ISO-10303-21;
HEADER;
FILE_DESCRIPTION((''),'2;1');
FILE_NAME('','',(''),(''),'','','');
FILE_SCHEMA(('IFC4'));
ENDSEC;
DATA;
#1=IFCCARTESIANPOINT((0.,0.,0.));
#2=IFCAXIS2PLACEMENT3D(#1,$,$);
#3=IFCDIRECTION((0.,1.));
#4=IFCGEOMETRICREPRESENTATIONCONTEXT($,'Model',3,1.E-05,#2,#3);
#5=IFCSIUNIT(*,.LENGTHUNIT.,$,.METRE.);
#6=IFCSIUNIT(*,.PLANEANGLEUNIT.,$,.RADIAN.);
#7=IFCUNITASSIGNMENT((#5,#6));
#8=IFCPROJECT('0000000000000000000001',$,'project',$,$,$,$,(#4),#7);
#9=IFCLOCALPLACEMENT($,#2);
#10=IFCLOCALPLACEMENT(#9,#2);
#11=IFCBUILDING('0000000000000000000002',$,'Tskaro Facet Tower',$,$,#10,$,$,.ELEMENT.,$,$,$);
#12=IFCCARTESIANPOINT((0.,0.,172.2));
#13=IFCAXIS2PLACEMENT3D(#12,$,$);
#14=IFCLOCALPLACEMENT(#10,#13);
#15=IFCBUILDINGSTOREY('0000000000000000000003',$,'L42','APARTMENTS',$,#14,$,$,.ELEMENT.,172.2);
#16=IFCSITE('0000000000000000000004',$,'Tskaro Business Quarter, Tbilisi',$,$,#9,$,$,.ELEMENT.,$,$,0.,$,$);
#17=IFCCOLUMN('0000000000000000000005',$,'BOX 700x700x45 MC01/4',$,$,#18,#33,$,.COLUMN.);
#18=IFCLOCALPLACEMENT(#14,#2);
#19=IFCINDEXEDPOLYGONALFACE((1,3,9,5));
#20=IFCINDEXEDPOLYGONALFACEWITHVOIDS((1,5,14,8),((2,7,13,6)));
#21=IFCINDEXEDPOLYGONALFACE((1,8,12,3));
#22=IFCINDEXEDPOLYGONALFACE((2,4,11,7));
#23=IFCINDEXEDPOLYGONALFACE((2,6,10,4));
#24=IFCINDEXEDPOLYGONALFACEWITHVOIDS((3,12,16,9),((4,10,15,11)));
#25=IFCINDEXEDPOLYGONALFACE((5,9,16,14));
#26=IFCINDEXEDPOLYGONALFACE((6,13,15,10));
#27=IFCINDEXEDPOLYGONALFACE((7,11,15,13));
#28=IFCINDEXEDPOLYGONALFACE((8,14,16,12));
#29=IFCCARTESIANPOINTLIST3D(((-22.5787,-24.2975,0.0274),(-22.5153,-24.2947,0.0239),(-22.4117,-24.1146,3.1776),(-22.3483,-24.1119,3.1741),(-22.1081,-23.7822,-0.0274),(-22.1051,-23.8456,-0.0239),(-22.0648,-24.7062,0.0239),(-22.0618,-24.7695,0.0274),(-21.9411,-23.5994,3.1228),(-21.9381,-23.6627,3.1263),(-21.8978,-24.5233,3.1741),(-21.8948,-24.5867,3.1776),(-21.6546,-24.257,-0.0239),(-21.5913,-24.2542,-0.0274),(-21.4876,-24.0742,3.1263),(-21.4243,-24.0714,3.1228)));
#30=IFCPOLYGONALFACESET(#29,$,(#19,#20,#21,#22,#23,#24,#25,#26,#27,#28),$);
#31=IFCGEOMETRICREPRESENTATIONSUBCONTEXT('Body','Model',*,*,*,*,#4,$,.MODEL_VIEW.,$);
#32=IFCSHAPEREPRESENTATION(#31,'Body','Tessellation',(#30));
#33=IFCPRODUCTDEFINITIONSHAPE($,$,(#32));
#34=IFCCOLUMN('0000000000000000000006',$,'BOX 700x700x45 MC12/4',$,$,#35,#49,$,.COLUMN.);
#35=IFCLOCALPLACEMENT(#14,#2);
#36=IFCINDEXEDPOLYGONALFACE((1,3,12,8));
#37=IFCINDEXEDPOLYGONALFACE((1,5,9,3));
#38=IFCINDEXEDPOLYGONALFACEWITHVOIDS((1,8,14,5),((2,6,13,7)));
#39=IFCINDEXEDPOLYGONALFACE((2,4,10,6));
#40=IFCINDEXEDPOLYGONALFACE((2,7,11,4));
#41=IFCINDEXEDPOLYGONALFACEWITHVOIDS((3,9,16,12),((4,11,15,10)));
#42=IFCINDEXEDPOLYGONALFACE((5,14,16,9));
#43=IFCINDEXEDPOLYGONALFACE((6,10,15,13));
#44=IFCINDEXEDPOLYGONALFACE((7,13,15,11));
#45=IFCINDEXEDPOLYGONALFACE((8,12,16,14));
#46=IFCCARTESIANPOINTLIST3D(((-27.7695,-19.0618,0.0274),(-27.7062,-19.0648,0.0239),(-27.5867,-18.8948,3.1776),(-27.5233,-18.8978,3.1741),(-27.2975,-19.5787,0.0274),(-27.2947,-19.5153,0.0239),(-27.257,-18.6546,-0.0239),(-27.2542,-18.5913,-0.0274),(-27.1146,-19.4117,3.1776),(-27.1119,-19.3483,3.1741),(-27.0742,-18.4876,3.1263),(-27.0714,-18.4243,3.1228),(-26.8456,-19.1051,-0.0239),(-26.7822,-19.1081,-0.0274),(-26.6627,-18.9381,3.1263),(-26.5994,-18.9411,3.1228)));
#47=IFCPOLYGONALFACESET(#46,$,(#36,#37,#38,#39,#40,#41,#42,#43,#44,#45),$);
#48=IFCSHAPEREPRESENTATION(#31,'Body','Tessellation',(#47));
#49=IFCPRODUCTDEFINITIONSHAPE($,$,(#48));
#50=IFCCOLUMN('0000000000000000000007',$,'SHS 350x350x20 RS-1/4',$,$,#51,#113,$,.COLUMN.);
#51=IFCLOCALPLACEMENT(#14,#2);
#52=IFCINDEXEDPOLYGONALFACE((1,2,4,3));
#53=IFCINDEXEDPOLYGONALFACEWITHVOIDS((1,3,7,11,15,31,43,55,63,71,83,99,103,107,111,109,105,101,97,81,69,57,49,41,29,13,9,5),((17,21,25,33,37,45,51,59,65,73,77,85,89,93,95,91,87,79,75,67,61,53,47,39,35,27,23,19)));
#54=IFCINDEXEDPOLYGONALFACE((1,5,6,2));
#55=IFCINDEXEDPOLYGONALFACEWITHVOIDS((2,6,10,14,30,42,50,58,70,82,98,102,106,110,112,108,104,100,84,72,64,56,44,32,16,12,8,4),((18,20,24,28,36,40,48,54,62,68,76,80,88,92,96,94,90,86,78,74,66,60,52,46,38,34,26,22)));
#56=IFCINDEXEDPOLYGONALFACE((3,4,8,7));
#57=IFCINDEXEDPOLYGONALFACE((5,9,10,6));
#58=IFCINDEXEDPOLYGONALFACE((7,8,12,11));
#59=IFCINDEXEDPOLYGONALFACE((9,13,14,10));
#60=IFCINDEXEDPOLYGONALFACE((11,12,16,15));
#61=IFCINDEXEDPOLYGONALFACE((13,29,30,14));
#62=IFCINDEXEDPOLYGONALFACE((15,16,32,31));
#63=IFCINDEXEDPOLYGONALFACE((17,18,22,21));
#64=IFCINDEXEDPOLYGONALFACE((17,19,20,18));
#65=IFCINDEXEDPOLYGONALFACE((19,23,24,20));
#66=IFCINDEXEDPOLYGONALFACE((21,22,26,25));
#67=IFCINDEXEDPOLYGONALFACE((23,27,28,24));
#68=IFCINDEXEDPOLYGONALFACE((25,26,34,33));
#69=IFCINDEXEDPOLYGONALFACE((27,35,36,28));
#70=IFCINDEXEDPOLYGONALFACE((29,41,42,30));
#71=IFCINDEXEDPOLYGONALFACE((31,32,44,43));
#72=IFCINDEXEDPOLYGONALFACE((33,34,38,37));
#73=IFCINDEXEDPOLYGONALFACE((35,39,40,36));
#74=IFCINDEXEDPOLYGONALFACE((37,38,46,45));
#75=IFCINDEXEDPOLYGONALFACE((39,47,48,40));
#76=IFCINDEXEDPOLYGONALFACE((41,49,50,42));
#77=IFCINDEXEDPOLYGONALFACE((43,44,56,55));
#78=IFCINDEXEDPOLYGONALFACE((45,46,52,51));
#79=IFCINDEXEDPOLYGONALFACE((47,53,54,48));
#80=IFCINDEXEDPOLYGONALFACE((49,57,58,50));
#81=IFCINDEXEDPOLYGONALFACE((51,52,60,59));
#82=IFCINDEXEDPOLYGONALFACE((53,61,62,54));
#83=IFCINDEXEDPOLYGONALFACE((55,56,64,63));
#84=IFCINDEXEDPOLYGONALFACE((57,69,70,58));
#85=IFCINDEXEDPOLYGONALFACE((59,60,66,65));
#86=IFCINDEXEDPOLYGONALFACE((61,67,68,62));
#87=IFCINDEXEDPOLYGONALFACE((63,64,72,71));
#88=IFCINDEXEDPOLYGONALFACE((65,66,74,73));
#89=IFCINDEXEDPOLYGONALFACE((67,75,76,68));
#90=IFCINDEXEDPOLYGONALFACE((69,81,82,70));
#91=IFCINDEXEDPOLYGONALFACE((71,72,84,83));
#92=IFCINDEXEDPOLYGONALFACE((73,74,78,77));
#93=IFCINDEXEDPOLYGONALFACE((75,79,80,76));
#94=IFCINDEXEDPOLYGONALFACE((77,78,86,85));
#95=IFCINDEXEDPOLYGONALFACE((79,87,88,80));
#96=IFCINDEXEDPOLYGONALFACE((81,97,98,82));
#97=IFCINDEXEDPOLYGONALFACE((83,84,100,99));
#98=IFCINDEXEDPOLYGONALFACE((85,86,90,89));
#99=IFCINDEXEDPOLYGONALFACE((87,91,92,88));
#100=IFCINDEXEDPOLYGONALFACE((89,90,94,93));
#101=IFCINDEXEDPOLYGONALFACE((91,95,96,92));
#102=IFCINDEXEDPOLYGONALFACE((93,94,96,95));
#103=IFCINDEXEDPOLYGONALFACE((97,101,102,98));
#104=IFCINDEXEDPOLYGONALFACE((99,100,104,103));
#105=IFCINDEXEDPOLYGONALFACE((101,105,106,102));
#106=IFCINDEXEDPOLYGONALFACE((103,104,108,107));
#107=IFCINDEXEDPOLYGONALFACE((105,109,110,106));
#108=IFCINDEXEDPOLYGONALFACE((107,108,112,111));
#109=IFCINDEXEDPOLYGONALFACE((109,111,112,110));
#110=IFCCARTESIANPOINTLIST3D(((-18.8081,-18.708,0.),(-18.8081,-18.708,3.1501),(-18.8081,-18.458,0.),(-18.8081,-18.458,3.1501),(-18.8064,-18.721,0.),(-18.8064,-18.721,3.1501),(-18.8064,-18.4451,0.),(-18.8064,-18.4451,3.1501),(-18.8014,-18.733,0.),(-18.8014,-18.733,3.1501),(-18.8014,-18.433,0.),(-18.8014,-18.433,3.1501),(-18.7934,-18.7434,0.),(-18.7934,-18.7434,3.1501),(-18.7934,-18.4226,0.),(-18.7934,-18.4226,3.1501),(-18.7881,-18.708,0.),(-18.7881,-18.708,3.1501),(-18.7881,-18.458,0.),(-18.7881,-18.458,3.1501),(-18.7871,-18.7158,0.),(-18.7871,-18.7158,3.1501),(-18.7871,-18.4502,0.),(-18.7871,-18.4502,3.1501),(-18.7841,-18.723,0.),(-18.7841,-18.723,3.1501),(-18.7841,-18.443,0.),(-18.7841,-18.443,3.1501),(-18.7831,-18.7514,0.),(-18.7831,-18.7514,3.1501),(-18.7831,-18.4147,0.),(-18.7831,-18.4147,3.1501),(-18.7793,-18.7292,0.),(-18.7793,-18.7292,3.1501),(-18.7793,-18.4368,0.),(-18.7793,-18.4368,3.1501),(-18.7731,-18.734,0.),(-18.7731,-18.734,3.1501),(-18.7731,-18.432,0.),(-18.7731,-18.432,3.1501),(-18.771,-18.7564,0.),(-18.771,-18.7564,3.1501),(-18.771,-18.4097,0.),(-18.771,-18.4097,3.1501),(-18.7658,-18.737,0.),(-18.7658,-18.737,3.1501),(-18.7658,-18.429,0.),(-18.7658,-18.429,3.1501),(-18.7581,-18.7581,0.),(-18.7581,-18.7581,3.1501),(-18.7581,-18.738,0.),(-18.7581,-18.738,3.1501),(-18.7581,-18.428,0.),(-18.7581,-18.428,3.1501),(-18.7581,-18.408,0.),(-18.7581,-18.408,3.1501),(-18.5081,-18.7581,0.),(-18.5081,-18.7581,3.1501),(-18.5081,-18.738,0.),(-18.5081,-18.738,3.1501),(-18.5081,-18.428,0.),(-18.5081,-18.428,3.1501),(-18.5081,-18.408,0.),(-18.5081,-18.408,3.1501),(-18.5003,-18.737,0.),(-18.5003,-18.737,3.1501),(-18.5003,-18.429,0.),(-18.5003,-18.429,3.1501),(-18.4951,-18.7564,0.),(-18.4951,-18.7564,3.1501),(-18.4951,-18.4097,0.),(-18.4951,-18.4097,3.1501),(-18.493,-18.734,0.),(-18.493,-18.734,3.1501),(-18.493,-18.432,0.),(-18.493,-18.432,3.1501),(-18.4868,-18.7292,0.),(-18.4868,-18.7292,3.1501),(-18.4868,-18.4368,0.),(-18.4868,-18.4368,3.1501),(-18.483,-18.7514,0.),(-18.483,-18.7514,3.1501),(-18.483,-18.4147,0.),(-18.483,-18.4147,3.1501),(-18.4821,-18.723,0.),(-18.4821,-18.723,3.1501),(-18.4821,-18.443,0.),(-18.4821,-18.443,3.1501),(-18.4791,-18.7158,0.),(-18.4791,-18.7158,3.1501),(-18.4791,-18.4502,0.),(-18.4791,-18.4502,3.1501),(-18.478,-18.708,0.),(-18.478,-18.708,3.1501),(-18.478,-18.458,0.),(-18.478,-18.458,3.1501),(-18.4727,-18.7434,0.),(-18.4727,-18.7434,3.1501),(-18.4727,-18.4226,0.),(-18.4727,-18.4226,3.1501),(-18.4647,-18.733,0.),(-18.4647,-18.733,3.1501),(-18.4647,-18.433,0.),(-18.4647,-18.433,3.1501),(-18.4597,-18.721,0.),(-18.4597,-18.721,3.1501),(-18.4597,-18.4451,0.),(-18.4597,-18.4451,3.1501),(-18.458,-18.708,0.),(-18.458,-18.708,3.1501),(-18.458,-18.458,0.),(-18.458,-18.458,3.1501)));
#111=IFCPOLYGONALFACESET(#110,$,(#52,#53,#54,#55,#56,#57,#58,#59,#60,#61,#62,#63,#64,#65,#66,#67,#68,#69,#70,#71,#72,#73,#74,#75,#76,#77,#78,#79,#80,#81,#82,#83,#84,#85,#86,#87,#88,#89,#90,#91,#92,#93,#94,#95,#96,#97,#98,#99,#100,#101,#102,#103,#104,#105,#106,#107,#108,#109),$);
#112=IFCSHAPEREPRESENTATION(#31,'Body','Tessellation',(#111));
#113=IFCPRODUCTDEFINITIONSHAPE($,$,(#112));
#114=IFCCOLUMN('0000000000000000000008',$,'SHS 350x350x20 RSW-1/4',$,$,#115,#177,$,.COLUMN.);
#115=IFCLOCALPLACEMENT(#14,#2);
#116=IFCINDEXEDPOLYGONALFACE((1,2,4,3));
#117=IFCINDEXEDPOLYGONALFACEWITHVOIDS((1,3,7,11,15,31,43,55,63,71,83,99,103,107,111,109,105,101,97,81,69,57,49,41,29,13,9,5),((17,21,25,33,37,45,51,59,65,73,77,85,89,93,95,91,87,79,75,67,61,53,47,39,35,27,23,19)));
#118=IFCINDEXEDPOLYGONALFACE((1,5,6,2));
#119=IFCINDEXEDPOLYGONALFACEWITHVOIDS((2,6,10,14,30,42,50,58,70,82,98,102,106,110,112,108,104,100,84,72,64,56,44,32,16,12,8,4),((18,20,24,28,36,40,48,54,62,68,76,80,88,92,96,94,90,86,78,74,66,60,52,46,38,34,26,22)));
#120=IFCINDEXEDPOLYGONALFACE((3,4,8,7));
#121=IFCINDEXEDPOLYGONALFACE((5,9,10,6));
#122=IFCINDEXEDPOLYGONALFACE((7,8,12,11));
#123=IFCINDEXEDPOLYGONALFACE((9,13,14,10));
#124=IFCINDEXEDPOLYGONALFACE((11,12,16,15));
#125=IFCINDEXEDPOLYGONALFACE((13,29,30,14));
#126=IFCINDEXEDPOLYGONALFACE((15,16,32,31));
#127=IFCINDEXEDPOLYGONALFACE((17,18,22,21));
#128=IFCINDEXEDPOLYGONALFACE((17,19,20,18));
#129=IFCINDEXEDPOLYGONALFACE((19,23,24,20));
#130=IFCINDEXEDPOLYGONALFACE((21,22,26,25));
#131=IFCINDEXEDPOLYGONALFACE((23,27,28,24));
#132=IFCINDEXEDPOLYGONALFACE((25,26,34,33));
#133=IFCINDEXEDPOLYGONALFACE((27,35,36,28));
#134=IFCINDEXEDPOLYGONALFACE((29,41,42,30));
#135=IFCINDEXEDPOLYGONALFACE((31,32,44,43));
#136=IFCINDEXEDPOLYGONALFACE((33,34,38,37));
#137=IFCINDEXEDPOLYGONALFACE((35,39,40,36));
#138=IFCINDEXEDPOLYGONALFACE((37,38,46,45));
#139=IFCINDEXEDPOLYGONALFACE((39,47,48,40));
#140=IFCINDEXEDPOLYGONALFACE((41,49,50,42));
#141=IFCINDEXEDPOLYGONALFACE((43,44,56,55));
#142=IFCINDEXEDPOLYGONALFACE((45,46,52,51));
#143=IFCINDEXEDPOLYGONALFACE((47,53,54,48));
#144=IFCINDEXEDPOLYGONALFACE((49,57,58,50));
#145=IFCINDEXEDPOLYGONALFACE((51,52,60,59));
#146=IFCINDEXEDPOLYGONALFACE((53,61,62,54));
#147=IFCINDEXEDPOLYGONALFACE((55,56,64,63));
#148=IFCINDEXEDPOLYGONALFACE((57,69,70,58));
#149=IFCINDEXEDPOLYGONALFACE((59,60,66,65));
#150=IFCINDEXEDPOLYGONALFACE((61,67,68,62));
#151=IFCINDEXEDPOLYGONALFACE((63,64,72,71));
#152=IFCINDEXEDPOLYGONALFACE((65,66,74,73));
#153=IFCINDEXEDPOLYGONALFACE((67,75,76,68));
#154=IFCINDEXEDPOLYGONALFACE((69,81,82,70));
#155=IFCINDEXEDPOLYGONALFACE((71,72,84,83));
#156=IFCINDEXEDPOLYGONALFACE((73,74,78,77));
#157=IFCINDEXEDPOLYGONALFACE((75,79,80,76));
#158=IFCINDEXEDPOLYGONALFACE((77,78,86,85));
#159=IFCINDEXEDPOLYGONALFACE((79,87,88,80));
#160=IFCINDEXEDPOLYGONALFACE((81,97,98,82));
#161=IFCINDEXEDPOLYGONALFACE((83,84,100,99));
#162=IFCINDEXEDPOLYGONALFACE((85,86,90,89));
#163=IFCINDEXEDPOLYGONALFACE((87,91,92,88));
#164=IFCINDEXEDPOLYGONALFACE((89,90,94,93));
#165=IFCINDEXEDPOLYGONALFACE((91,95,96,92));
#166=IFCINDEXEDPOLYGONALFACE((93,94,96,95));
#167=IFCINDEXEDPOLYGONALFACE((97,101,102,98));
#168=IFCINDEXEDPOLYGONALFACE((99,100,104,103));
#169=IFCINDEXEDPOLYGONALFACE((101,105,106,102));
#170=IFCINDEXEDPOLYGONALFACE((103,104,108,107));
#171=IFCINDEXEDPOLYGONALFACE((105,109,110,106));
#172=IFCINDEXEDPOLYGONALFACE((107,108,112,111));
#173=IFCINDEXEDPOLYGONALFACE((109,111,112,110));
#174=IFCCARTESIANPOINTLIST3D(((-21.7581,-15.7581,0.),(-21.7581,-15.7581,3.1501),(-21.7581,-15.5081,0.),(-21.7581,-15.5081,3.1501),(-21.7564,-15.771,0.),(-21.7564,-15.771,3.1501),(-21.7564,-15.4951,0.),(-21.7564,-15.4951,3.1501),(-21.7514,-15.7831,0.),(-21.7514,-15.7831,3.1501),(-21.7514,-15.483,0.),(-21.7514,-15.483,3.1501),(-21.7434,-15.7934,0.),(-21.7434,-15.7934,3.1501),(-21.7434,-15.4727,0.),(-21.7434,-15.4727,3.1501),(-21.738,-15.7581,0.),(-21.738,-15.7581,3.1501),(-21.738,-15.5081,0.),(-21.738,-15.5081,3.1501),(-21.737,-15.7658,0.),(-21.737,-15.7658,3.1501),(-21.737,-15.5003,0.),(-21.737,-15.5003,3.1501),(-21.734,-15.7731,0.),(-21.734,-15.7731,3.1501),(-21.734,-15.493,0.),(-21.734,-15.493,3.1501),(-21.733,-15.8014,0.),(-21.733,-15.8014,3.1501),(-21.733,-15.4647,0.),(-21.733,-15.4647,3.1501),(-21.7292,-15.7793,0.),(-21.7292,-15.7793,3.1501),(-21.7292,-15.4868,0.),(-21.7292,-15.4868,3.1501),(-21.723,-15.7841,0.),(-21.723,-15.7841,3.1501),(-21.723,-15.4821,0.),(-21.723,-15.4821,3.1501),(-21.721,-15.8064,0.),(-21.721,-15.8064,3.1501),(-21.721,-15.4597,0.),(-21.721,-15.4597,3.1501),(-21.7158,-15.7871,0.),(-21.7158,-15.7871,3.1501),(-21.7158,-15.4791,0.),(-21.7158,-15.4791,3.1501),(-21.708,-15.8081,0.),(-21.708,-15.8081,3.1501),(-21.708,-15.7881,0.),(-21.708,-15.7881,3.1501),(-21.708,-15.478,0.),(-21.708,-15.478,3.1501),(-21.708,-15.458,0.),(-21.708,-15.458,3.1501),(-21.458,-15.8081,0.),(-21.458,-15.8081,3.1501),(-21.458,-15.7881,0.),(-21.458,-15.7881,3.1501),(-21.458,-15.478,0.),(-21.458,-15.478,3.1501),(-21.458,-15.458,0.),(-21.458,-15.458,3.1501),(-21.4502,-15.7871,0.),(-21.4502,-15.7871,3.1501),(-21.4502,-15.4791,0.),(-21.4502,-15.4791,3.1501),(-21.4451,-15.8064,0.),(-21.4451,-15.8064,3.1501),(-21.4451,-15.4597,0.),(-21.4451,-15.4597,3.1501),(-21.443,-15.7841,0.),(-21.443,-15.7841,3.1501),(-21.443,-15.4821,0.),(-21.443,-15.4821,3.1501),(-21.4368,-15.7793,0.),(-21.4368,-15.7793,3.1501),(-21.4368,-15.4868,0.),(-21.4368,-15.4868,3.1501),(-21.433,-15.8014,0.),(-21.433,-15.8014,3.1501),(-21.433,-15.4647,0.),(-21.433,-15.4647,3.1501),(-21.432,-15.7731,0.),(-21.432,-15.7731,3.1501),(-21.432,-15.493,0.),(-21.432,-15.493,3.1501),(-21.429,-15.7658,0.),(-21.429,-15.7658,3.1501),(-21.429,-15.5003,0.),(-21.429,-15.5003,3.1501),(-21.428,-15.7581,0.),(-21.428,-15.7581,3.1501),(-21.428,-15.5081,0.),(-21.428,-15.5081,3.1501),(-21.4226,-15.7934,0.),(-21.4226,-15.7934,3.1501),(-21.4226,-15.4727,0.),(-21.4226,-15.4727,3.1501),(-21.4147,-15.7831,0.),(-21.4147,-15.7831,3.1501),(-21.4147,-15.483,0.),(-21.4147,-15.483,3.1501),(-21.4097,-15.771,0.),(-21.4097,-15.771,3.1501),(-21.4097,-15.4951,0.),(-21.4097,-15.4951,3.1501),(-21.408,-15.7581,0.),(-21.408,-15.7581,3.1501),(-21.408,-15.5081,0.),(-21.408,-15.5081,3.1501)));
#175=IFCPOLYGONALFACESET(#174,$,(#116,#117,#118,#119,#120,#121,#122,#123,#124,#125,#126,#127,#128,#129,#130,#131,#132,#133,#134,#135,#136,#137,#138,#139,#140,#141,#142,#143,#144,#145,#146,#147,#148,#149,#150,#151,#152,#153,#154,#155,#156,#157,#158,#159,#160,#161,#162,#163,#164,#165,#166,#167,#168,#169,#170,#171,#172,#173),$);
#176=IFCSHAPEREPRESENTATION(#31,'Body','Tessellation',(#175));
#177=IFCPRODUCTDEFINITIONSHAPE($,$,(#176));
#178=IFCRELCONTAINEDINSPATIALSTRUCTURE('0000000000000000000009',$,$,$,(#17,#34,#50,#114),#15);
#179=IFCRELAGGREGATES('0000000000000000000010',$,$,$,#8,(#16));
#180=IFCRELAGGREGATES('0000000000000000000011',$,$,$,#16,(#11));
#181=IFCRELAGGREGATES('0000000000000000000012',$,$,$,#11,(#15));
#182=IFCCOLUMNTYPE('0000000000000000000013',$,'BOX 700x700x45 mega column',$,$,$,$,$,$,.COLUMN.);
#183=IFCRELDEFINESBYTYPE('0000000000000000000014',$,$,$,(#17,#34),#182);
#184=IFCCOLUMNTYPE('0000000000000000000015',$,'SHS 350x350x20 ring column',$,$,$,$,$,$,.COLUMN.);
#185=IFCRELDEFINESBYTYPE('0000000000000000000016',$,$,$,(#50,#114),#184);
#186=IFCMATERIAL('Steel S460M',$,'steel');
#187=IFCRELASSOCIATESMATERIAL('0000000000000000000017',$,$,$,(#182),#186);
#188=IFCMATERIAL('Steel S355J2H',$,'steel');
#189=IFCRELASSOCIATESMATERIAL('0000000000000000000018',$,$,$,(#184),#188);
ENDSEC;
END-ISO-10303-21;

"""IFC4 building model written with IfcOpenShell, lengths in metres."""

from ifc_helpers import new_model, si_unit, direction, frame, origin, origin_2d, place, context, subcontext, project, spatial, hollow_rectangle, extrude, material, material_profile, profile_set, type_object, element, save


model = new_model("IFC4")

# Units and contexts
model_context = context("Model", 3, precision=1e-05, world=origin(), true_north=direction((0.0, 1.0)))
body_context = subcontext(model_context, "Body", "Model", "MODEL_VIEW")
ifc_project = project(units=[si_unit("LENGTHUNIT", "METRE"), si_unit("PLANEANGLEUNIT", "RADIAN")], contexts=[model_context])

# Site, building, storey
site_placement = place(None, origin())
site = spatial("IfcSite", under=ifc_project, at=site_placement, Name="Tskaro Business Quarter, Tbilisi", CompositionType="ELEMENT", RefElevation=0.0)
building_placement = place(site_placement, origin())
building = spatial("IfcBuilding", under=site, at=building_placement, Name="Tskaro Facet Tower", CompositionType="ELEMENT")
storey_placement = place(building_placement, frame((0.0, 0.0, 172.2)))
storey = spatial("IfcBuildingStorey", under=building, at=storey_placement, Name="L42", Description="APARTMENTS", CompositionType="ELEMENT", Elevation=172.2)

# Columns
ifc_material_1 = material(Name="Steel S460M", Category="steel")
ifc_material_profile_1 = material_profile(ifc_material_1, hollow_rectangle(XDim=0.7, YDim=0.7, WallThickness=0.0449, at=origin_2d()), Name="BOX 700x700x45")
ifc_profile_set_1 = profile_set([ifc_material_profile_1], Name="Steel S460M")
column_type_1 = type_object("IfcColumnType", Name="BOX 700x700x45 mega column", PredefinedType="COLUMN", material=ifc_profile_set_1)
for number, where, z_axis, x_axis, name in (
    (1, (-22.085, -24.2759, 0.0), (0.052848, 0.05787, 0.996924), (-0.738421, 0.674339, 0.0), "BOX 700x700x45 MC01/4"),
    (2, (-27.2759, -19.085, 0.0), (0.05787, 0.052848, 0.996924), (-0.674339, 0.738421, 0.0), "BOX 700x700x45 MC12/4"),
):
    element("IfcColumn", number, at=place(storey_placement, frame(where, z_axis=z_axis, x_axis=x_axis)), inside=storey, type_object=column_type_1, Name=name, PredefinedType="COLUMN", context=body_context, shape_type="SweptSolid", body=[
        extrude(hollow_rectangle(XDim=0.7, YDim=0.7, WallThickness=0.0449, at=origin_2d()), origin(), (0.0, 0.0, 1.0), 3.1599),
    ])
ifc_material_2 = material(Name="Steel S355J2H", Category="steel")
ifc_material_profile_2 = material_profile(ifc_material_2, hollow_rectangle(XDim=0.3501, YDim=0.3501, WallThickness=0.02, InnerFilletRadius=0.03, OuterFilletRadius=0.05, at=origin_2d()), Name="SHS 350x350x20")
ifc_profile_set_2 = profile_set([ifc_material_profile_2], Name="Steel S355J2H")
column_type_2 = type_object("IfcColumnType", Name="SHS 350x350x20 ring column", PredefinedType="COLUMN", material=ifc_profile_set_2)
for number, where, z_axis, x_axis, name in (
    (3, (-18.6331, -18.583, 0.0), (0.0, 0.0, 1.0), (1.0, 0.0, 0.0), "SHS 350x350x20 RS-1/4"),
    (4, (-21.583, -15.6331, 0.0), (0.0, 0.0, 1.0), (1.0, 0.0, 0.0), "SHS 350x350x20 RSW-1/4"),
):
    element("IfcColumn", number, at=place(storey_placement, frame(where, z_axis=z_axis, x_axis=x_axis)), inside=storey, type_object=column_type_2, Name=name, PredefinedType="COLUMN", context=body_context, shape_type="SweptSolid", body=[
        extrude(hollow_rectangle(XDim=0.3501, YDim=0.3501, WallThickness=0.02, InnerFilletRadius=0.03, OuterFilletRadius=0.05, at=origin_2d()), origin(), (0.0, 0.0, 1.0), 3.1501),
    ])

save(model, "model.ifc")
